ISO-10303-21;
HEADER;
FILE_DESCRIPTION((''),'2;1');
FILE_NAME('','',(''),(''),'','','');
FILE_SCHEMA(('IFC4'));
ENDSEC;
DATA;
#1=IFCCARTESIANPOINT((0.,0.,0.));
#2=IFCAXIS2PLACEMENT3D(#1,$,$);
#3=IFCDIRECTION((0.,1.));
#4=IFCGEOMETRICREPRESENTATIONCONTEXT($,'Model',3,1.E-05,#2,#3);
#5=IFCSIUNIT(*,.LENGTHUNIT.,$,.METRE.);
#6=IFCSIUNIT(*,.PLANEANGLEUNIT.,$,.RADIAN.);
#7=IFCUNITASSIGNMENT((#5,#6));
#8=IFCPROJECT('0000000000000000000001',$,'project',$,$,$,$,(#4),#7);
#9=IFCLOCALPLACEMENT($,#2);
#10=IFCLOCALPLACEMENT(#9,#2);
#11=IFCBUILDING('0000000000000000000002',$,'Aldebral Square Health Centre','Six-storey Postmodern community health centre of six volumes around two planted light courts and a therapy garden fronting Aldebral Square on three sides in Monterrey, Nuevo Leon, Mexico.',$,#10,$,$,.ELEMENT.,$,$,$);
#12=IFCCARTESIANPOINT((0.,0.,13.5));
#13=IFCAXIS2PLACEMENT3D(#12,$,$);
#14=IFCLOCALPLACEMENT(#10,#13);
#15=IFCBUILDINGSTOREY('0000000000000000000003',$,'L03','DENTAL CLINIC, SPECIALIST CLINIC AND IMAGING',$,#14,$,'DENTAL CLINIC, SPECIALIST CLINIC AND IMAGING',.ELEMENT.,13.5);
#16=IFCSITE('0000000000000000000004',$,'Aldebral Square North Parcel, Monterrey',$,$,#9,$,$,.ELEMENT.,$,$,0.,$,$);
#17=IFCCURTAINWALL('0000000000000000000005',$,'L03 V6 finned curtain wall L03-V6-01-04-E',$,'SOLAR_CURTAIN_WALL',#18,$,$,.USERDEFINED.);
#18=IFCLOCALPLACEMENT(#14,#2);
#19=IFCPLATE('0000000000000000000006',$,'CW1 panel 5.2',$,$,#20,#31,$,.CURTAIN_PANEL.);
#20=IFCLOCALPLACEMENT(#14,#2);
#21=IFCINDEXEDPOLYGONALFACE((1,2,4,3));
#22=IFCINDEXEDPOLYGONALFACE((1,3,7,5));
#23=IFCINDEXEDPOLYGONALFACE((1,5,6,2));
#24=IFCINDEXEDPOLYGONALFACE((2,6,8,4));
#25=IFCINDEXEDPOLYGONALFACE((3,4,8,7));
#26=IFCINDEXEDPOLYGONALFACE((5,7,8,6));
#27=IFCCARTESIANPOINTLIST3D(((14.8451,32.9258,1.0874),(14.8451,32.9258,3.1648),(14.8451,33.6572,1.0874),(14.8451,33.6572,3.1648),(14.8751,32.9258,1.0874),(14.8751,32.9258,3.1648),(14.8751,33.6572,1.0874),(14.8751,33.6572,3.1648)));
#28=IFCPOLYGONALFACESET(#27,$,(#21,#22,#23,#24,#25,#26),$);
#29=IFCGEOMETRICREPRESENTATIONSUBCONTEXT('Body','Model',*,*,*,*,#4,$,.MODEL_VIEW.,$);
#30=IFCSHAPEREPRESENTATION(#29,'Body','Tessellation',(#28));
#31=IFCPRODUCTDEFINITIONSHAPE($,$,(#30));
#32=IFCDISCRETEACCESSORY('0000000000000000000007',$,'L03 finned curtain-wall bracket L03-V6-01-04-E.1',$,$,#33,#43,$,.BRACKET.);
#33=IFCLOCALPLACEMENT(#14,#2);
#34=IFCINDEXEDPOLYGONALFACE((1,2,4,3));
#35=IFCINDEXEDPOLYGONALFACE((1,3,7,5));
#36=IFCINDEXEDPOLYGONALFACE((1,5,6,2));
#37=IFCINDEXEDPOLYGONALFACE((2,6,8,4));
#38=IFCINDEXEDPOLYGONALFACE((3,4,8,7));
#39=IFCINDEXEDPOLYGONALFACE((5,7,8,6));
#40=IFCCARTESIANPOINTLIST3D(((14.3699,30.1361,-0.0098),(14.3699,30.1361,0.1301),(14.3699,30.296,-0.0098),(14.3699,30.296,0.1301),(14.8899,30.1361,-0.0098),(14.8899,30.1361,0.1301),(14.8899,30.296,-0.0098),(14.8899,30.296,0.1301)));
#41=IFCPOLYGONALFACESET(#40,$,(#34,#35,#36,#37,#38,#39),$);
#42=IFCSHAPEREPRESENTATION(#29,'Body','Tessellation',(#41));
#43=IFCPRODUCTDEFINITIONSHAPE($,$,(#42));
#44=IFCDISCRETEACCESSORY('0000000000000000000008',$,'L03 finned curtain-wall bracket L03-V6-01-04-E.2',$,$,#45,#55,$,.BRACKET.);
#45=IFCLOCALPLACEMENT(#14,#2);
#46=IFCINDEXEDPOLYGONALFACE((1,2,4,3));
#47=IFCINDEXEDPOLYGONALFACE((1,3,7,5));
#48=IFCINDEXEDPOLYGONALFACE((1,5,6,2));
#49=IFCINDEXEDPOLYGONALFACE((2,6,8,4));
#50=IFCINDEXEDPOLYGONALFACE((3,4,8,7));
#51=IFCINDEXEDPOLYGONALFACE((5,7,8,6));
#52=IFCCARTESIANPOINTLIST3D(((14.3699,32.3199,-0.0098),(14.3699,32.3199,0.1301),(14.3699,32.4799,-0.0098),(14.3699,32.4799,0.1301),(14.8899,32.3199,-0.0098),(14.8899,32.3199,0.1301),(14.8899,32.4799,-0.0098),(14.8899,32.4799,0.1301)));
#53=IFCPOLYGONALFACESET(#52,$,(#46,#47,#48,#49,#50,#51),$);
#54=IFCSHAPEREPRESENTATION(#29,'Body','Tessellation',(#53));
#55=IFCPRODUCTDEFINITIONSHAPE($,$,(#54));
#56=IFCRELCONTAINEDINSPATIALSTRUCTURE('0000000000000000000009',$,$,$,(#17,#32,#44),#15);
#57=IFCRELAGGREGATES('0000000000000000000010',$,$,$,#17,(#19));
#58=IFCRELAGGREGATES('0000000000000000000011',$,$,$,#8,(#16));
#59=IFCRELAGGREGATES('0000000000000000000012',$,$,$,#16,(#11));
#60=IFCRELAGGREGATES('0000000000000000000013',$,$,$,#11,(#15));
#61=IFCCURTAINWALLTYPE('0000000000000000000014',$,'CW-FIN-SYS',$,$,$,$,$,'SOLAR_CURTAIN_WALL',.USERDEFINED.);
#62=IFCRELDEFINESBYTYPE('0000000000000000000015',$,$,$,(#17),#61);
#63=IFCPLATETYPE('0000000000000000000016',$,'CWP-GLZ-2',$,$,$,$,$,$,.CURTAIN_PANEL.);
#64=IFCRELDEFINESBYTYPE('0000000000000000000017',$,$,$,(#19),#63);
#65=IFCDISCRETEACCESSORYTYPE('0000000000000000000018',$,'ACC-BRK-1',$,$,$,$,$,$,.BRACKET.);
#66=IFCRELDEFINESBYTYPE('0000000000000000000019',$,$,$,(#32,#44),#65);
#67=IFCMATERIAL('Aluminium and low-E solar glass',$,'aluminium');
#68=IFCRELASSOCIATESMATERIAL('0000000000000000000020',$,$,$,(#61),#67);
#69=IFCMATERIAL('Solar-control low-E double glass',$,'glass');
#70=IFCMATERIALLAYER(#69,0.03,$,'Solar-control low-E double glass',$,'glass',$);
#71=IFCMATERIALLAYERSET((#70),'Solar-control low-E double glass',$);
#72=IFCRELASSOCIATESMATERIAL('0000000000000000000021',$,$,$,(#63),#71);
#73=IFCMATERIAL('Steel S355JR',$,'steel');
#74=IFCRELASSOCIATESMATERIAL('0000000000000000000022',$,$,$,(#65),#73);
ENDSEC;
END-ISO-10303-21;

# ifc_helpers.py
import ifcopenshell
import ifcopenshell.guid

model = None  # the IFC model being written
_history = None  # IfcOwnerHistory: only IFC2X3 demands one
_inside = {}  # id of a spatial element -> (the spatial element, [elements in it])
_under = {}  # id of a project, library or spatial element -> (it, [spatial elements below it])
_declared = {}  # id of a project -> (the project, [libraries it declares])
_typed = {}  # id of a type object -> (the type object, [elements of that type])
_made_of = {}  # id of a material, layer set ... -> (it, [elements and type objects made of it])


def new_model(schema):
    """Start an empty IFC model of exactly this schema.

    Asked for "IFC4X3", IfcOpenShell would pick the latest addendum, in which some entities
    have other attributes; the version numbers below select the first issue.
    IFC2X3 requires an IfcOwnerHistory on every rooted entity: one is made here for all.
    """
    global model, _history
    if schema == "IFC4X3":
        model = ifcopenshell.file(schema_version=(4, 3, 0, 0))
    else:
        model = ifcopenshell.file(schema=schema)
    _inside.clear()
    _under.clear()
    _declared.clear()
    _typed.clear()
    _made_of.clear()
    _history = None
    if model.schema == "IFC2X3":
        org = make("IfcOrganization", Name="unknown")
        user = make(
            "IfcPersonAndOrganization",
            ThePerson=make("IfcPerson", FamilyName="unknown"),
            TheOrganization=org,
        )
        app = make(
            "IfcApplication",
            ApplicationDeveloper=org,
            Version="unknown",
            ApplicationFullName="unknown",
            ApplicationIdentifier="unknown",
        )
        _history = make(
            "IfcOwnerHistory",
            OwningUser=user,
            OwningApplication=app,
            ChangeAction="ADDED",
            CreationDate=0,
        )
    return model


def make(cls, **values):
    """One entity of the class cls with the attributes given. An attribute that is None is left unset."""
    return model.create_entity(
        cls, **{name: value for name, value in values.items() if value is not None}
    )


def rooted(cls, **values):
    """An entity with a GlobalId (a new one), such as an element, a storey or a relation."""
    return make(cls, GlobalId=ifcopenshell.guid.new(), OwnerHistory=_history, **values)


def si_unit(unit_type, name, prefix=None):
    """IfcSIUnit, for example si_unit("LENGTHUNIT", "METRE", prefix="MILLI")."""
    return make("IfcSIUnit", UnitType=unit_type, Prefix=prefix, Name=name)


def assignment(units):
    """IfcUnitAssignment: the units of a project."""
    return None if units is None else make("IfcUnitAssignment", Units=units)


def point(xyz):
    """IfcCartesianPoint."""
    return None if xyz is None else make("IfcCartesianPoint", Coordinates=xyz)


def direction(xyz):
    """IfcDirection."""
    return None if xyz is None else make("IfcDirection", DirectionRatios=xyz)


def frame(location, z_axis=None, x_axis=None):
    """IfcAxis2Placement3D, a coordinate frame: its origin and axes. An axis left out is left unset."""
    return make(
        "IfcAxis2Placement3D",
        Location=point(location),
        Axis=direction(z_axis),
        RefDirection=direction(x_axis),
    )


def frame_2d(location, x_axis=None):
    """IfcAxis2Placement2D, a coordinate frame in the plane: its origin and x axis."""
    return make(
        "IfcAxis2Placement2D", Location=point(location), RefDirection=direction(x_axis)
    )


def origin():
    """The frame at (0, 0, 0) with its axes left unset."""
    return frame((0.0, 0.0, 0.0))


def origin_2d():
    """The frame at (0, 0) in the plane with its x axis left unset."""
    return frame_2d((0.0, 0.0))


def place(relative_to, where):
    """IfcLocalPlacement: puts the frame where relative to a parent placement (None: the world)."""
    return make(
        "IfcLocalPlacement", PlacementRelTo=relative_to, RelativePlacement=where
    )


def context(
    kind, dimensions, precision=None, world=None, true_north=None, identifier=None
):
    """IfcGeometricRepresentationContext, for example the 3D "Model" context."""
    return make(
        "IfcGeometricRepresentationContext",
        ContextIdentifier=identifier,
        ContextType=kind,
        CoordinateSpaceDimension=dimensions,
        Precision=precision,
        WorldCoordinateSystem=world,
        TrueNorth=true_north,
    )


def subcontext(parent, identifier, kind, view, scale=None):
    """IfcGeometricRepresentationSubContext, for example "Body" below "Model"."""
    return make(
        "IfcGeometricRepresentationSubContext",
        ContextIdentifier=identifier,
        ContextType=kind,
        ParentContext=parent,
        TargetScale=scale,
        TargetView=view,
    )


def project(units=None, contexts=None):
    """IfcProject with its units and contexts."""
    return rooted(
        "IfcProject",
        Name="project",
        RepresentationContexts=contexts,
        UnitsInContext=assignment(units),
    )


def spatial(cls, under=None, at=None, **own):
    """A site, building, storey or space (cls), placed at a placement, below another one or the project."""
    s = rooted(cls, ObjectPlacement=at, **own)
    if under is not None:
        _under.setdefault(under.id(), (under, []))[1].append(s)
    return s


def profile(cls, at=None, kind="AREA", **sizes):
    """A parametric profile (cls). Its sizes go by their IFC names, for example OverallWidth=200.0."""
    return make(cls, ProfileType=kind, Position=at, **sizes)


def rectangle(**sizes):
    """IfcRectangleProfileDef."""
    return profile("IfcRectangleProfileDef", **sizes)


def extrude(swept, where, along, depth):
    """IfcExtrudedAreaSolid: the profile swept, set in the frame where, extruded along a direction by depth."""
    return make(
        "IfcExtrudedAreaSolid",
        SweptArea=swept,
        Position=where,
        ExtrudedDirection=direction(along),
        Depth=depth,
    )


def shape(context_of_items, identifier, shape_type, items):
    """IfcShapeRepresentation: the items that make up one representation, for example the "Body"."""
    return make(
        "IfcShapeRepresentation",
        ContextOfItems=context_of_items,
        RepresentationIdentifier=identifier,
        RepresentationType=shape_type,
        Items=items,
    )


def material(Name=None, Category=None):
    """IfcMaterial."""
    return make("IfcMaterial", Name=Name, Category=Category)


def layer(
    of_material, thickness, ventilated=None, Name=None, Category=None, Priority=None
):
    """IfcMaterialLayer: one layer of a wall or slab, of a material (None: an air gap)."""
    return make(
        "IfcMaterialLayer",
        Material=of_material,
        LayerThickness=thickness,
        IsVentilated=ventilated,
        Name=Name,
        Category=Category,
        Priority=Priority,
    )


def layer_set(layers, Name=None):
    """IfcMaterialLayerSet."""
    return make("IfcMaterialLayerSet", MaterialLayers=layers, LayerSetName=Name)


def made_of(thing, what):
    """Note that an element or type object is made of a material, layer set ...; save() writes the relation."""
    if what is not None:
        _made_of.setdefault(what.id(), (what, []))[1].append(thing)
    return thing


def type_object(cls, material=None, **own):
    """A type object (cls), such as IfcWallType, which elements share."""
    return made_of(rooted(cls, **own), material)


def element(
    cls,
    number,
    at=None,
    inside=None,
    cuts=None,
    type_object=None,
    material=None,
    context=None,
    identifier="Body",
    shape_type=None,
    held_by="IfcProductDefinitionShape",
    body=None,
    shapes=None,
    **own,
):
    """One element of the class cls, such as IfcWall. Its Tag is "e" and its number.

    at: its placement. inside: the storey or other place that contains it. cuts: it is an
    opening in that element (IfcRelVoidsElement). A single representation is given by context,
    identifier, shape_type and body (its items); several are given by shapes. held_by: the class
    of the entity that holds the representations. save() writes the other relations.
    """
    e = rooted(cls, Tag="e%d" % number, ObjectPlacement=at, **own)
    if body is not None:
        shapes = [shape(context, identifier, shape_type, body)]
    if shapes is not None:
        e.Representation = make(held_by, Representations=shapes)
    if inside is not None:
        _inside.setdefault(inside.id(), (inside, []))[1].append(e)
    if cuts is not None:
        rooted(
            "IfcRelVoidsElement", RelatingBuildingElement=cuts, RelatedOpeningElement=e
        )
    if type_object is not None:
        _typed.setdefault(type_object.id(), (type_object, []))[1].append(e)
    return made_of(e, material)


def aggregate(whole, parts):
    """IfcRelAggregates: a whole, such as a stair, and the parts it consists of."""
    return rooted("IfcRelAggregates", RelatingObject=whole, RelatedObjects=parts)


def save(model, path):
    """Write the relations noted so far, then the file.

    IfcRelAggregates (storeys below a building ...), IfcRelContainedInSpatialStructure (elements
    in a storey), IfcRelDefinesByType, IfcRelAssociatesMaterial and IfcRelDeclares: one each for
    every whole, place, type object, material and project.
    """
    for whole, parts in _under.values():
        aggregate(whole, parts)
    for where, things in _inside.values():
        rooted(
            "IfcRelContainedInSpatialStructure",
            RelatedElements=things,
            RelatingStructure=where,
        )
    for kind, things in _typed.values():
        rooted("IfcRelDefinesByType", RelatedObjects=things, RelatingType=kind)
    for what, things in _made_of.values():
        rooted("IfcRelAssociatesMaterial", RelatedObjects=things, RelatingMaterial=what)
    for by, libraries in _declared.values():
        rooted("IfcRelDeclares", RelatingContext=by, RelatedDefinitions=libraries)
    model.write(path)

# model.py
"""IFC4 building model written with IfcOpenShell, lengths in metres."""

from ifc_helpers import new_model, si_unit, direction, frame, origin, origin_2d, place, context, subcontext, project, spatial, rectangle, extrude, material, layer, layer_set, type_object, element, aggregate, save


model = new_model("IFC4")

# Units and contexts
model_context = context("Model", 3, precision=1e-05, world=origin(), true_north=direction((0.0, 1.0)))
body_context = subcontext(model_context, "Body", "Model", "MODEL_VIEW")
ifc_project = project(units=[si_unit("LENGTHUNIT", "METRE"), si_unit("PLANEANGLEUNIT", "RADIAN")], contexts=[model_context])

# Site, building, storey
site_placement = place(None, origin())
site = spatial("IfcSite", under=ifc_project, at=site_placement, Name="Aldebral Square North Parcel, Monterrey", CompositionType="ELEMENT", RefElevation=0.0)
building_placement = place(site_placement, origin())
building = spatial("IfcBuilding", under=site, at=building_placement, Name="Aldebral Square Health Centre", Description="Six-storey Postmodern community health centre of six volumes around two planted light courts and a therapy garden fronting Aldebral Square on three sides in Monterrey, Nuevo Leon, Mexico.", CompositionType="ELEMENT")
storey_placement = place(building_placement, frame((0.0, 0.0, 13.5)))
storey = spatial("IfcBuildingStorey", under=building, at=storey_placement, Name="L03", Description="DENTAL CLINIC, SPECIALIST CLINIC AND IMAGING", LongName="DENTAL CLINIC, SPECIALIST CLINIC AND IMAGING", CompositionType="ELEMENT", Elevation=13.5)

# Curtain wall, plate
ifc_material_1 = material(Name="Aluminium and low-E solar glass", Category="aluminium")
curtain_wall_type = type_object("IfcCurtainWallType", Name="CW-FIN-SYS", ElementType="SOLAR_CURTAIN_WALL", PredefinedType="USERDEFINED", material=ifc_material_1)
curtain_wall_placement = place(storey_placement, origin())
curtain_wall = element("IfcCurtainWall", 1, at=curtain_wall_placement, inside=storey, type_object=curtain_wall_type, Name="L03 V6 finned curtain wall L03-V6-01-04-E", ObjectType="SOLAR_CURTAIN_WALL", PredefinedType="USERDEFINED")
ifc_material_2 = material(Name="Solar-control low-E double glass", Category="glass")
ifc_layer = layer(ifc_material_2, 0.03, Name="Solar-control low-E double glass", Category="glass")
ifc_layer_set = layer_set([ifc_layer], Name="Solar-control low-E double glass")
plate_type = type_object("IfcPlateType", Name="CWP-GLZ-2", PredefinedType="CURTAIN_PANEL", material=ifc_layer_set)
plate_1_placement = place(storey_placement, frame((14.8601, 33.2915, 1.0874), z_axis=(0.0, 0.0, 1.0), x_axis=(0.0, 1.0, 0.0)))
plate_1 = element("IfcPlate", 2, at=plate_1_placement, type_object=plate_type, Name="CW1 panel 5.2", PredefinedType="CURTAIN_PANEL", context=body_context, shape_type="SweptSolid", body=[
    extrude(rectangle(XDim=0.7314, YDim=0.03, at=origin_2d()), origin(), (0.0, 0.0, 1.0), 2.0774),
])
aggregate(curtain_wall, [plate_1])

# Discrete accessories
ifc_material_3 = material(Name="Steel S355JR", Category="steel")
discrete_accessory_type = type_object("IfcDiscreteAccessoryType", Name="ACC-BRK-1", PredefinedType="BRACKET", material=ifc_material_3)
for number, where, z_axis, x_axis, name in (
    (3, (14.6299, 30.2161, -0.0098), (0.0, 0.0, 1.0), (0.0, 1.0, 0.0), "L03 finned curtain-wall bracket L03-V6-01-04-E.1"),
    (4, (14.6299, 32.3999, -0.0098), (0.0, 0.0, 1.0), (0.0, 1.0, 0.0), "L03 finned curtain-wall bracket L03-V6-01-04-E.2"),
):
    element("IfcDiscreteAccessory", number, at=place(storey_placement, frame(where, z_axis=z_axis, x_axis=x_axis)), inside=storey, type_object=discrete_accessory_type, Name=name, PredefinedType="BRACKET", context=body_context, shape_type="SweptSolid", body=[
        extrude(rectangle(XDim=0.1599, YDim=0.52, at=origin_2d()), origin(), (0.0, 0.0, 1.0), 0.1399),
    ])

save(model, "model.ifc")
